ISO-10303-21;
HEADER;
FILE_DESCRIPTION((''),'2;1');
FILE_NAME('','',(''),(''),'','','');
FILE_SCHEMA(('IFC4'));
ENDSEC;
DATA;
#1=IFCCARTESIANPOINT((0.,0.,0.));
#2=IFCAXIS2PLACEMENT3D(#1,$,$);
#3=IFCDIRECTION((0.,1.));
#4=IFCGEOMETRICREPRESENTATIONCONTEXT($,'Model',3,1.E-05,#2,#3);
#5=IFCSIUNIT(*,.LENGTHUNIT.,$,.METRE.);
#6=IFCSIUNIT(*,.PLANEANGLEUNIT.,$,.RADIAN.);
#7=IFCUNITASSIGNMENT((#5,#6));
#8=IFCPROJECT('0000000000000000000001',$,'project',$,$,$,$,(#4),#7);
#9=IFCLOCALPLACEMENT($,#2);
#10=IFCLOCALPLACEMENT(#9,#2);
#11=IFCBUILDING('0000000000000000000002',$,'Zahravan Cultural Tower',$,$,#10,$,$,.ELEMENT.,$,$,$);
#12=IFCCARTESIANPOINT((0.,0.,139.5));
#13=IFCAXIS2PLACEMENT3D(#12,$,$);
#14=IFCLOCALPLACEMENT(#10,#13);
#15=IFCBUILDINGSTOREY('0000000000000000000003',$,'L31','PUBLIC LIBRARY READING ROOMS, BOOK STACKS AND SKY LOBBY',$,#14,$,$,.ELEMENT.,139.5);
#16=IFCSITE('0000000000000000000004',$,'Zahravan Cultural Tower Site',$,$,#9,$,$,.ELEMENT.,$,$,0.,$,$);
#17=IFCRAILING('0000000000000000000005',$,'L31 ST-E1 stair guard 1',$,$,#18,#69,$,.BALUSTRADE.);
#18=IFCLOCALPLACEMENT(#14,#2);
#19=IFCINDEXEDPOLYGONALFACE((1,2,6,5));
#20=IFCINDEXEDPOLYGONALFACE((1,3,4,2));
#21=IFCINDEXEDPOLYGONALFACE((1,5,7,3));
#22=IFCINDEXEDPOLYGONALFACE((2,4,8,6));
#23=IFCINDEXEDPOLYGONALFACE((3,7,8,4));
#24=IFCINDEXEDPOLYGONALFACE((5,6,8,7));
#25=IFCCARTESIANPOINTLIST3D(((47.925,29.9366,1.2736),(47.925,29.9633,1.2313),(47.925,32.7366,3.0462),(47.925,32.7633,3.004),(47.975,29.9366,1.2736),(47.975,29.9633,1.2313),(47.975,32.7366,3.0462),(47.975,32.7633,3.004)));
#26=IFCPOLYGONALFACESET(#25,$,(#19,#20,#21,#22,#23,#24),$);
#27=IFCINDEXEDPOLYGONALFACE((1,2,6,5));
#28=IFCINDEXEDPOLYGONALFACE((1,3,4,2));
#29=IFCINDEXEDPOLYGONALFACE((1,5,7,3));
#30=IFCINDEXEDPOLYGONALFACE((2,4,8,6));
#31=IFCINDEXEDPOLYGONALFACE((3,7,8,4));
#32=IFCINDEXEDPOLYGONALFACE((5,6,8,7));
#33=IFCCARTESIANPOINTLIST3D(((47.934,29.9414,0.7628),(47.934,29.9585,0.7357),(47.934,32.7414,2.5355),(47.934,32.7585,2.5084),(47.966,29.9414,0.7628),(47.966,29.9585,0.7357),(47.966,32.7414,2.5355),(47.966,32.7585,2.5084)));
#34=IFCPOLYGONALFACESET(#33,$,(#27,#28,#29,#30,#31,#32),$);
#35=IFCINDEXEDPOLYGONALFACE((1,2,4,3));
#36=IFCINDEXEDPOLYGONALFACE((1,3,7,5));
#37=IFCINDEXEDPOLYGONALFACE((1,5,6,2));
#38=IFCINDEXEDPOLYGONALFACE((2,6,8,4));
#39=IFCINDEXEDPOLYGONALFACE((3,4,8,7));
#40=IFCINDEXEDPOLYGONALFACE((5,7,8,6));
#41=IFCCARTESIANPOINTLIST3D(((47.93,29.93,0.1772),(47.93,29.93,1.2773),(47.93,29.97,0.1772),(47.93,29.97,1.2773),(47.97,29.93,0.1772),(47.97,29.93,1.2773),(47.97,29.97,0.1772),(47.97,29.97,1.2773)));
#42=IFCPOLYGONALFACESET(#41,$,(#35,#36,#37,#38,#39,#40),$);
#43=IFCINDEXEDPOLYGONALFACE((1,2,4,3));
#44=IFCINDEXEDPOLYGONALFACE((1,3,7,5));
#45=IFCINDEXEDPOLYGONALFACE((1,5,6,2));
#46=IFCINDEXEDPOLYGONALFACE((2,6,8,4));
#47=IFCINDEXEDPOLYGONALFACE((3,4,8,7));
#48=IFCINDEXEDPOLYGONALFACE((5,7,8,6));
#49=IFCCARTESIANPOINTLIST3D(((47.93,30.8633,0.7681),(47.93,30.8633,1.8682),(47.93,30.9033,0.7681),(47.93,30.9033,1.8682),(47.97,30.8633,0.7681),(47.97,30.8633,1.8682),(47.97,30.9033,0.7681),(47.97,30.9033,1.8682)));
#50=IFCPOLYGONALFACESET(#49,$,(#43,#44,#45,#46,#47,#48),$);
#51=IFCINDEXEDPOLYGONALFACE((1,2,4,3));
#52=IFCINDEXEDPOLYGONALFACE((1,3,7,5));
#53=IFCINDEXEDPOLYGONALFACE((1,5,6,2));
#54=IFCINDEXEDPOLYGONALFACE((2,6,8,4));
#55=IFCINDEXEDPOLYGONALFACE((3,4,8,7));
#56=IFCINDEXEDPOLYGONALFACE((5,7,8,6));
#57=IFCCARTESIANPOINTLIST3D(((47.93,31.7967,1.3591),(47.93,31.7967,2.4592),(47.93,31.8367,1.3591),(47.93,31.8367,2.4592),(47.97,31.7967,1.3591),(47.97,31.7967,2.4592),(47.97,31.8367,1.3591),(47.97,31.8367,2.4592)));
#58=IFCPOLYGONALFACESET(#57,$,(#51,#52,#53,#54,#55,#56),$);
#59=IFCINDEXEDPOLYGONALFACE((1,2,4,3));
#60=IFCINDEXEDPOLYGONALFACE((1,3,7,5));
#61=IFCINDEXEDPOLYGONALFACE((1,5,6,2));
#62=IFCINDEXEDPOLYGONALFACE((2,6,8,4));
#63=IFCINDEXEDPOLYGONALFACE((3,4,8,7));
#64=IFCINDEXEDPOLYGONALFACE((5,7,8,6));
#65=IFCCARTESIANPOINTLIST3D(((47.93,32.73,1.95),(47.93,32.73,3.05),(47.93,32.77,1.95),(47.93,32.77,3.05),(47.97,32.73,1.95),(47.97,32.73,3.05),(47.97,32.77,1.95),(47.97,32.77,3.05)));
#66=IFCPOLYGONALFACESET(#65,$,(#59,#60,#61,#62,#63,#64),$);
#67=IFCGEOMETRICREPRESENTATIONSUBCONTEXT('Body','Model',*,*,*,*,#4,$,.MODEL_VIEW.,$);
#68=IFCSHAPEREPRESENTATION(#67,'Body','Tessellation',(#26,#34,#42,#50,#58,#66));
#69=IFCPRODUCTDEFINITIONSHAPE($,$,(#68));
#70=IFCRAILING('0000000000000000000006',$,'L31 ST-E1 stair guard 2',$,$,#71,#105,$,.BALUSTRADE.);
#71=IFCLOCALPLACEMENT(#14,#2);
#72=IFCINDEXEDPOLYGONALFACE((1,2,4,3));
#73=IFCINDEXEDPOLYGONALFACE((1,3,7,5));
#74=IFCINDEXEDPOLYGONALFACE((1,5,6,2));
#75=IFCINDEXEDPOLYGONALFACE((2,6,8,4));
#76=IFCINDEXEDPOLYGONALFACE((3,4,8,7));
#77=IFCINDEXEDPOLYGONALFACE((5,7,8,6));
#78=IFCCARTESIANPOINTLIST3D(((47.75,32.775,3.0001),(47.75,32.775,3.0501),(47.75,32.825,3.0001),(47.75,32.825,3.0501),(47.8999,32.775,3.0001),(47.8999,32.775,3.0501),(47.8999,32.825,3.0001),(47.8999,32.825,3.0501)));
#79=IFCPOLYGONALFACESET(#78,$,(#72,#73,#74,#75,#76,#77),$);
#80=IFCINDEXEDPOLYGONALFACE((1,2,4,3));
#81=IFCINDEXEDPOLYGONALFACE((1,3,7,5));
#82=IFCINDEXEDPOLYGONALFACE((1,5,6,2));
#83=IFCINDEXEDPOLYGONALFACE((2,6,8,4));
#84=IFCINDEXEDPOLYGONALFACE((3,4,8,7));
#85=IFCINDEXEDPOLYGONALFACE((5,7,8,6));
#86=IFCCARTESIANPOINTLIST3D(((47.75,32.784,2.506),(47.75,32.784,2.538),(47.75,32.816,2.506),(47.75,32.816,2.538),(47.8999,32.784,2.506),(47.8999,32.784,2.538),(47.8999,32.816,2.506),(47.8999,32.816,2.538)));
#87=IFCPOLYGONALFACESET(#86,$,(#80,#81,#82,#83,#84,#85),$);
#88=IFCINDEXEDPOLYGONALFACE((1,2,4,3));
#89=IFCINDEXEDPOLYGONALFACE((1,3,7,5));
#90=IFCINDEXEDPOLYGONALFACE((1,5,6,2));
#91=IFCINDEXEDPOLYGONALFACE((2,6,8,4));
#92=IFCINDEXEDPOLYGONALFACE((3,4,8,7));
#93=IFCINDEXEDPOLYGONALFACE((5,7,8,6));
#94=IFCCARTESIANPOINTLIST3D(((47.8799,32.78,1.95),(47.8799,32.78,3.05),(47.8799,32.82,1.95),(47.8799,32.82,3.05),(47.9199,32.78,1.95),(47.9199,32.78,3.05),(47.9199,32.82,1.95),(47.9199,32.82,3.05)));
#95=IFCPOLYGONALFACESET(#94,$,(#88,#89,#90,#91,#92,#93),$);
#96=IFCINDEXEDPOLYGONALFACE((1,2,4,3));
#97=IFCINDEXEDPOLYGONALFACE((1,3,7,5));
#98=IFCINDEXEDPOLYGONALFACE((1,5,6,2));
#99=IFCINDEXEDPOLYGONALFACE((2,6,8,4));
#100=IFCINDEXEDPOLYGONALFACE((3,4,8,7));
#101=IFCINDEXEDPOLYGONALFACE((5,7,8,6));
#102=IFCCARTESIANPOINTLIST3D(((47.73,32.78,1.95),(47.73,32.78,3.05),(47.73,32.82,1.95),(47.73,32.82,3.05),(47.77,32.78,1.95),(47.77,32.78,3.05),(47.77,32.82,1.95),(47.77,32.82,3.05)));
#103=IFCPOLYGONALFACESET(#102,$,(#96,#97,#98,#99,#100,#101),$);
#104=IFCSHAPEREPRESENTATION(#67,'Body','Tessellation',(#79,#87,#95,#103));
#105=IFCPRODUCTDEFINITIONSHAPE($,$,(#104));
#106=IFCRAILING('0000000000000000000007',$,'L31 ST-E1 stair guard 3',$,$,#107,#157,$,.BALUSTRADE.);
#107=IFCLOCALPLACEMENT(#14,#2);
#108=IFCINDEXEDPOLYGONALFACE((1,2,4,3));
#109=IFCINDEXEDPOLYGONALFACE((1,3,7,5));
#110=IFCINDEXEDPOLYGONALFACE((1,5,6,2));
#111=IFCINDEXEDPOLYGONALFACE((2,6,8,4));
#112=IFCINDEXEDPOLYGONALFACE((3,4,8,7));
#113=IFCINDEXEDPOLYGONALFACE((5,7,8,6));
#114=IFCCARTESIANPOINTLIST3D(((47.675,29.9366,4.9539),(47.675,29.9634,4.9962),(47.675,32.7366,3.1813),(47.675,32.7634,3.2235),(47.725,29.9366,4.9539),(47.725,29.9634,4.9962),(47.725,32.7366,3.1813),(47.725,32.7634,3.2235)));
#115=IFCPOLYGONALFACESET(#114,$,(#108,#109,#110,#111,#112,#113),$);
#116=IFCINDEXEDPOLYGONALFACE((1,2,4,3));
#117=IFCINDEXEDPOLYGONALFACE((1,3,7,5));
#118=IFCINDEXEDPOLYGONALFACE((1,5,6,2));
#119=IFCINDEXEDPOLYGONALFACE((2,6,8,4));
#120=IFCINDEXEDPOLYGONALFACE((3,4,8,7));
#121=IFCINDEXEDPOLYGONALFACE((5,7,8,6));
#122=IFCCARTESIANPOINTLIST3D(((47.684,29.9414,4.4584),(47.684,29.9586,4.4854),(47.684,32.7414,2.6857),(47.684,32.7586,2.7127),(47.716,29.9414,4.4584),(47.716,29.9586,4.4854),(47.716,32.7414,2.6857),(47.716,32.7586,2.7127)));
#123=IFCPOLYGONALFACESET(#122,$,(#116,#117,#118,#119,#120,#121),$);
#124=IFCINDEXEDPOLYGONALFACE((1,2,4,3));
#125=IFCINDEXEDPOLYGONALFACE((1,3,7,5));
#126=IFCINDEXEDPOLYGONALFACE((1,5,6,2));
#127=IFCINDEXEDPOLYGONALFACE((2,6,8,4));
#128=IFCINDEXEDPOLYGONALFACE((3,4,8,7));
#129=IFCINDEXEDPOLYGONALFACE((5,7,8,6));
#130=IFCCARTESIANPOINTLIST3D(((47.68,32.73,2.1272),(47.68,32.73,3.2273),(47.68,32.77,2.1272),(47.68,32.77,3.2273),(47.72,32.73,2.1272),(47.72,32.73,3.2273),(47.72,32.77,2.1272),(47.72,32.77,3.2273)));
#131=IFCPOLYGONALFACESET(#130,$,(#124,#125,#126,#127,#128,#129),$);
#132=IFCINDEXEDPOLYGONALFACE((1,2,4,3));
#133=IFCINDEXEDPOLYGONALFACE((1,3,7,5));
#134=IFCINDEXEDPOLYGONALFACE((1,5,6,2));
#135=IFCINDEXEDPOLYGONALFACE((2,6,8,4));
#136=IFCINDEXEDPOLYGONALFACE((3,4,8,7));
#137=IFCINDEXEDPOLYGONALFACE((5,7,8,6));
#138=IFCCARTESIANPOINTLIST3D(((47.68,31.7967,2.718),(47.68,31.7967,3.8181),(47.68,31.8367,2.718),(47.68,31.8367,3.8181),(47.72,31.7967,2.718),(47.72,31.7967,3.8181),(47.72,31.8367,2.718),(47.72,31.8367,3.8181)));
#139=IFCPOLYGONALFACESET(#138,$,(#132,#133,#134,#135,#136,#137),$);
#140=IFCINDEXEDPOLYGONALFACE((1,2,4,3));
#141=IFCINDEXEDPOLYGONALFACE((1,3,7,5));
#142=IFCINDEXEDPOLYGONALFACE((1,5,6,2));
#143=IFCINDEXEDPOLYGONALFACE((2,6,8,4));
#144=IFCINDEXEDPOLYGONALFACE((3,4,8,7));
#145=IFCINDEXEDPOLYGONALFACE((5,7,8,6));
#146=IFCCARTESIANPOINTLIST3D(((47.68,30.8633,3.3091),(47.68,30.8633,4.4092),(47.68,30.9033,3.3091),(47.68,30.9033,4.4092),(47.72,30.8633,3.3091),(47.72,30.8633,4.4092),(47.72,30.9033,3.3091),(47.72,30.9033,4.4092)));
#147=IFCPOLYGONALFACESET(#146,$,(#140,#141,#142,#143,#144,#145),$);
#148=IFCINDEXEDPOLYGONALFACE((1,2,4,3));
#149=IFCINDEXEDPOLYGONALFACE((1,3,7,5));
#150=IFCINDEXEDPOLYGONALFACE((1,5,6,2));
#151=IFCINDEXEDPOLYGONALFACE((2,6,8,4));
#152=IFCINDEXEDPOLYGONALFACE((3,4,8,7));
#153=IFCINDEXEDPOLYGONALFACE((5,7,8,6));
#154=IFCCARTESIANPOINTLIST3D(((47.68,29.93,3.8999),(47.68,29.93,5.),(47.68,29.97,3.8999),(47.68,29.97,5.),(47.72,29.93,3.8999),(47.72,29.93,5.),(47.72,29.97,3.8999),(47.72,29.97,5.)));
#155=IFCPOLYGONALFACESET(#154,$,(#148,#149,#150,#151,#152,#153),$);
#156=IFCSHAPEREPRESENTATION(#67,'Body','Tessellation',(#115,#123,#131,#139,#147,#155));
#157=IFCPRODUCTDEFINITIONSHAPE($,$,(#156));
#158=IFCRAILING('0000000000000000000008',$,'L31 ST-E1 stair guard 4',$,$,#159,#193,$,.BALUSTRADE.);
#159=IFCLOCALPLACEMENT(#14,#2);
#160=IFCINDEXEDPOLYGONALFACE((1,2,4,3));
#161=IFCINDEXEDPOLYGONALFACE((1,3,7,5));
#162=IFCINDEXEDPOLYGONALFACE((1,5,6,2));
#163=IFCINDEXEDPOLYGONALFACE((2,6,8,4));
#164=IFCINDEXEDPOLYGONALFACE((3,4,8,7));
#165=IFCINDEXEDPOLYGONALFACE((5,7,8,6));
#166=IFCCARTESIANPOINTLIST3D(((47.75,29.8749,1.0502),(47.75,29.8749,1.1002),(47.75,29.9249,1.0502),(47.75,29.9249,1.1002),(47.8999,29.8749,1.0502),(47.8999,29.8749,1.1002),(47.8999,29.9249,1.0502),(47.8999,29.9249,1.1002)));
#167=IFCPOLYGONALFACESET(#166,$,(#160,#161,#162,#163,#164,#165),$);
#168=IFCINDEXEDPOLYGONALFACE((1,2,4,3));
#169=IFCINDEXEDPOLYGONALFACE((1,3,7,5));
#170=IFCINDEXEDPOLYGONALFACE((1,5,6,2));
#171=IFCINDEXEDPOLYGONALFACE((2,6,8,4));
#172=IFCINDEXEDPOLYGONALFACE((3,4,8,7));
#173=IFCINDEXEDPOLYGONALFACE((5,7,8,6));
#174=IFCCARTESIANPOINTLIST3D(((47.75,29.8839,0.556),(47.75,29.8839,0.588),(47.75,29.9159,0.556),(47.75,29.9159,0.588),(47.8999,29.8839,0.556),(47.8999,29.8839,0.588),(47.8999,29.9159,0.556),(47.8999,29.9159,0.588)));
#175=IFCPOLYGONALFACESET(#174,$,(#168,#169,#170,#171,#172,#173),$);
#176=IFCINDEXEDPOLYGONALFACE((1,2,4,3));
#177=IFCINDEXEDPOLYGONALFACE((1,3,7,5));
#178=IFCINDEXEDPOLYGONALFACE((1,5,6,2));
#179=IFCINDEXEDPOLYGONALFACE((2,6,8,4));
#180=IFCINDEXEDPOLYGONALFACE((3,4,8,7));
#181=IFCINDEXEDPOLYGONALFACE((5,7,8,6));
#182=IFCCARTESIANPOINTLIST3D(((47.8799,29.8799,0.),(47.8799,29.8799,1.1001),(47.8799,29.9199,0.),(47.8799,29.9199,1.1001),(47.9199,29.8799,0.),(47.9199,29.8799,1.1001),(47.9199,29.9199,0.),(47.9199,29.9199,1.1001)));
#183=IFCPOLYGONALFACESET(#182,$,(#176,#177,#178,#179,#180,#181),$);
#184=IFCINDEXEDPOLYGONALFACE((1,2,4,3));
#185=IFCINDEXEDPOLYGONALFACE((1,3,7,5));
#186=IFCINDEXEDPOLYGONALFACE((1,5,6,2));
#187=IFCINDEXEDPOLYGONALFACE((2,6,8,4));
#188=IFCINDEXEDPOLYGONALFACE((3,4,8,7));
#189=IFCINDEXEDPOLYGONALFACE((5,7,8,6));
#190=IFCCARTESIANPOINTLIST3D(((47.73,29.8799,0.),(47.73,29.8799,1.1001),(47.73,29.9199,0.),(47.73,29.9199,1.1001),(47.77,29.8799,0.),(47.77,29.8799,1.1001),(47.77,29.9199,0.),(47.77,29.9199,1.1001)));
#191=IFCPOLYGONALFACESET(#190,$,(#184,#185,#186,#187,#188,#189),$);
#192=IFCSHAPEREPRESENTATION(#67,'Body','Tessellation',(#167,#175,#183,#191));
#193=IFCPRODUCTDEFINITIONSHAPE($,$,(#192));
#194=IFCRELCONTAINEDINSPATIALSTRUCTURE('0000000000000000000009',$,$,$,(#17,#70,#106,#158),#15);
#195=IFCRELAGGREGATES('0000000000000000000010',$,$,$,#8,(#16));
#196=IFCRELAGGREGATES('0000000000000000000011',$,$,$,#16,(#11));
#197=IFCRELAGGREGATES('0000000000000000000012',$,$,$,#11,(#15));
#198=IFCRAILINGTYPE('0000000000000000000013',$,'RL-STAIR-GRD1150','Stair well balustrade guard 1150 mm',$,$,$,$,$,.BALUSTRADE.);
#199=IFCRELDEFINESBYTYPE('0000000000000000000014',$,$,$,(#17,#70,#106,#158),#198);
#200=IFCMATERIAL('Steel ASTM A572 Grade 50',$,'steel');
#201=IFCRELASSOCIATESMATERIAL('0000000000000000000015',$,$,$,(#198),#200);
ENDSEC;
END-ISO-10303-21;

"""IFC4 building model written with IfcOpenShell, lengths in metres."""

from ifc_helpers import new_model, si_unit, direction, frame, origin, origin_2d, place, context, subcontext, project, spatial, rectangle, extrude, material, type_object, element, save


model = new_model("IFC4")

# Units and contexts
model_context = context("Model", 3, precision=1e-05, world=origin(), true_north=direction((0.0, 1.0)))
body_context = subcontext(model_context, "Body", "Model", "MODEL_VIEW")
ifc_project = project(units=[si_unit("LENGTHUNIT", "METRE"), si_unit("PLANEANGLEUNIT", "RADIAN")], contexts=[model_context])

# Site, building, storey
site_placement = place(None, origin())
site = spatial("IfcSite", under=ifc_project, at=site_placement, Name="Zahravan Cultural Tower Site", CompositionType="ELEMENT", RefElevation=0.0)
building_placement = place(site_placement, origin())
building = spatial("IfcBuilding", under=site, at=building_placement, Name="Zahravan Cultural Tower", CompositionType="ELEMENT")
storey_placement = place(building_placement, frame((0.0, 0.0, 139.5)))
storey = spatial("IfcBuildingStorey", under=building, at=storey_placement, Name="L31", Description="PUBLIC LIBRARY READING ROOMS, BOOK STACKS AND SKY LOBBY", CompositionType="ELEMENT", Elevation=139.5)

# Shared definitions
ifc_material_1 = material(Name="Steel ASTM A572 Grade 50", Category="steel")

# Railings
railing_type_1 = type_object("IfcRailingType", Name="RL-STAIR-GRD1150", Description="Stair well balustrade guard 1150 mm", PredefinedType="BALUSTRADE", material=ifc_material_1)
railing_1_placement = place(storey_placement, frame((47.95, 29.95, 0.1772)))
element("IfcRailing", 1, at=railing_1_placement, inside=storey, type_object=railing_type_1, Name="L31 ST-E1 stair guard 1", PredefinedType="BALUSTRADE", context=body_context, shape_type="SweptSolid", body=[
    extrude(rectangle(XDim=0.05, YDim=0.05, at=origin_2d()), frame((0.0, 0.0, 1.0752), z_axis=(0.0, 0.844909, 0.53491), x_axis=(-1.0, 0.0, 0.0)), (0.0, 0.0, 1.0), 3.314),
    extrude(rectangle(XDim=0.032, YDim=0.032, at=origin_2d()), frame((0.0, 0.0, 0.572), z_axis=(0.0, 0.844909, 0.53491), x_axis=(-1.0, 0.0, 0.0)), (0.0, 0.0, 1.0), 3.314),
    extrude(rectangle(XDim=0.04, YDim=0.04, at=origin_2d()), origin(), (0.0, 0.0, 1.0), 1.1001),
    extrude(rectangle(XDim=0.04, YDim=0.04, at=origin_2d()), frame((0.0, 0.9333, 0.5908)), (0.0, 0.0, 1.0), 1.1001),
    extrude(rectangle(XDim=0.04, YDim=0.04, at=origin_2d()), frame((0.0, 1.8667, 1.1819)), (0.0, 0.0, 1.0), 1.1001),
    extrude(rectangle(XDim=0.04, YDim=0.04, at=origin_2d()), frame((0.0, 2.8, 1.7727)), (0.0, 0.0, 1.0), 1.1001),
])
railing_2_placement = place(storey_placement, frame((47.8999, 32.8, 1.95)))
element("IfcRailing", 2, at=railing_2_placement, inside=storey, type_object=railing_type_1, Name="L31 ST-E1 stair guard 2", PredefinedType="BALUSTRADE", context=body_context, shape_type="SweptSolid", body=[
    extrude(rectangle(XDim=0.05, YDim=0.05, at=origin_2d()), frame((0.0, 0.0, 1.0752), z_axis=(-1.0, 0.0, 0.0), x_axis=(0.0, -1.0, 0.0)), (0.0, 0.0, 1.0), 0.1499),
    extrude(rectangle(XDim=0.032, YDim=0.032, at=origin_2d()), frame((0.0, 0.0, 0.572), z_axis=(-1.0, 0.0, 0.0), x_axis=(0.0, -1.0, 0.0)), (0.0, 0.0, 1.0), 0.1499),
    extrude(rectangle(XDim=0.04, YDim=0.04, at=origin_2d()), origin(), (0.0, 0.0, 1.0), 1.1001),
    extrude(rectangle(XDim=0.04, YDim=0.04, at=origin_2d()), frame((-0.1499, 0.0, 0.0)), (0.0, 0.0, 1.0), 1.1001),
])
railing_3_placement = place(storey_placement, frame((47.7, 32.75, 2.1272)))
element("IfcRailing", 3, at=railing_3_placement, inside=storey, type_object=railing_type_1, Name="L31 ST-E1 stair guard 3", PredefinedType="BALUSTRADE", context=body_context, shape_type="SweptSolid", body=[
    extrude(rectangle(XDim=0.05, YDim=0.05, at=origin_2d()), frame((0.0, 0.0, 1.0752), z_axis=(0.0, -0.844909, 0.53491), x_axis=(1.0, 0.0, 0.0)), (0.0, 0.0, 1.0), 3.314),
    extrude(rectangle(XDim=0.032, YDim=0.032, at=origin_2d()), frame((0.0, 0.0, 0.572), z_axis=(0.0, -0.844909, 0.53491), x_axis=(1.0, 0.0, 0.0)), (0.0, 0.0, 1.0), 3.314),
    extrude(rectangle(XDim=0.04, YDim=0.04, at=origin_2d()), origin(), (0.0, 0.0, 1.0), 1.1001),
    extrude(rectangle(XDim=0.04, YDim=0.04, at=origin_2d()), frame((0.0, -0.9333, 0.5908)), (0.0, 0.0, 1.0), 1.1001),
    extrude(rectangle(XDim=0.04, YDim=0.04, at=origin_2d()), frame((0.0, -1.8667, 1.1819)), (0.0, 0.0, 1.0), 1.1001),
    extrude(rectangle(XDim=0.04, YDim=0.04, at=origin_2d()), frame((0.0, -2.8, 1.7727)), (0.0, 0.0, 1.0), 1.1001),
])
railing_4_placement = place(storey_placement, frame((47.8999, 29.8999, 0.0)))
element("IfcRailing", 4, at=railing_4_placement, inside=storey, type_object=railing_type_1, Name="L31 ST-E1 stair guard 4", PredefinedType="BALUSTRADE", context=body_context, shape_type="SweptSolid", body=[
    extrude(rectangle(XDim=0.05, YDim=0.05, at=origin_2d()), frame((0.0, 0.0, 1.0752), z_axis=(-1.0, 0.0, 0.0), x_axis=(0.0, -1.0, 0.0)), (0.0, 0.0, 1.0), 0.1499),
    extrude(rectangle(XDim=0.032, YDim=0.032, at=origin_2d()), frame((0.0, 0.0, 0.572), z_axis=(-1.0, 0.0, 0.0), x_axis=(0.0, -1.0, 0.0)), (0.0, 0.0, 1.0), 0.1499),
    extrude(rectangle(XDim=0.04, YDim=0.04, at=origin_2d()), origin(), (0.0, 0.0, 1.0), 1.1001),
    extrude(rectangle(XDim=0.04, YDim=0.04, at=origin_2d()), frame((-0.1499, 0.0, 0.0)), (0.0, 0.0, 1.0), 1.1001),
])

save(model, "model.ifc")
